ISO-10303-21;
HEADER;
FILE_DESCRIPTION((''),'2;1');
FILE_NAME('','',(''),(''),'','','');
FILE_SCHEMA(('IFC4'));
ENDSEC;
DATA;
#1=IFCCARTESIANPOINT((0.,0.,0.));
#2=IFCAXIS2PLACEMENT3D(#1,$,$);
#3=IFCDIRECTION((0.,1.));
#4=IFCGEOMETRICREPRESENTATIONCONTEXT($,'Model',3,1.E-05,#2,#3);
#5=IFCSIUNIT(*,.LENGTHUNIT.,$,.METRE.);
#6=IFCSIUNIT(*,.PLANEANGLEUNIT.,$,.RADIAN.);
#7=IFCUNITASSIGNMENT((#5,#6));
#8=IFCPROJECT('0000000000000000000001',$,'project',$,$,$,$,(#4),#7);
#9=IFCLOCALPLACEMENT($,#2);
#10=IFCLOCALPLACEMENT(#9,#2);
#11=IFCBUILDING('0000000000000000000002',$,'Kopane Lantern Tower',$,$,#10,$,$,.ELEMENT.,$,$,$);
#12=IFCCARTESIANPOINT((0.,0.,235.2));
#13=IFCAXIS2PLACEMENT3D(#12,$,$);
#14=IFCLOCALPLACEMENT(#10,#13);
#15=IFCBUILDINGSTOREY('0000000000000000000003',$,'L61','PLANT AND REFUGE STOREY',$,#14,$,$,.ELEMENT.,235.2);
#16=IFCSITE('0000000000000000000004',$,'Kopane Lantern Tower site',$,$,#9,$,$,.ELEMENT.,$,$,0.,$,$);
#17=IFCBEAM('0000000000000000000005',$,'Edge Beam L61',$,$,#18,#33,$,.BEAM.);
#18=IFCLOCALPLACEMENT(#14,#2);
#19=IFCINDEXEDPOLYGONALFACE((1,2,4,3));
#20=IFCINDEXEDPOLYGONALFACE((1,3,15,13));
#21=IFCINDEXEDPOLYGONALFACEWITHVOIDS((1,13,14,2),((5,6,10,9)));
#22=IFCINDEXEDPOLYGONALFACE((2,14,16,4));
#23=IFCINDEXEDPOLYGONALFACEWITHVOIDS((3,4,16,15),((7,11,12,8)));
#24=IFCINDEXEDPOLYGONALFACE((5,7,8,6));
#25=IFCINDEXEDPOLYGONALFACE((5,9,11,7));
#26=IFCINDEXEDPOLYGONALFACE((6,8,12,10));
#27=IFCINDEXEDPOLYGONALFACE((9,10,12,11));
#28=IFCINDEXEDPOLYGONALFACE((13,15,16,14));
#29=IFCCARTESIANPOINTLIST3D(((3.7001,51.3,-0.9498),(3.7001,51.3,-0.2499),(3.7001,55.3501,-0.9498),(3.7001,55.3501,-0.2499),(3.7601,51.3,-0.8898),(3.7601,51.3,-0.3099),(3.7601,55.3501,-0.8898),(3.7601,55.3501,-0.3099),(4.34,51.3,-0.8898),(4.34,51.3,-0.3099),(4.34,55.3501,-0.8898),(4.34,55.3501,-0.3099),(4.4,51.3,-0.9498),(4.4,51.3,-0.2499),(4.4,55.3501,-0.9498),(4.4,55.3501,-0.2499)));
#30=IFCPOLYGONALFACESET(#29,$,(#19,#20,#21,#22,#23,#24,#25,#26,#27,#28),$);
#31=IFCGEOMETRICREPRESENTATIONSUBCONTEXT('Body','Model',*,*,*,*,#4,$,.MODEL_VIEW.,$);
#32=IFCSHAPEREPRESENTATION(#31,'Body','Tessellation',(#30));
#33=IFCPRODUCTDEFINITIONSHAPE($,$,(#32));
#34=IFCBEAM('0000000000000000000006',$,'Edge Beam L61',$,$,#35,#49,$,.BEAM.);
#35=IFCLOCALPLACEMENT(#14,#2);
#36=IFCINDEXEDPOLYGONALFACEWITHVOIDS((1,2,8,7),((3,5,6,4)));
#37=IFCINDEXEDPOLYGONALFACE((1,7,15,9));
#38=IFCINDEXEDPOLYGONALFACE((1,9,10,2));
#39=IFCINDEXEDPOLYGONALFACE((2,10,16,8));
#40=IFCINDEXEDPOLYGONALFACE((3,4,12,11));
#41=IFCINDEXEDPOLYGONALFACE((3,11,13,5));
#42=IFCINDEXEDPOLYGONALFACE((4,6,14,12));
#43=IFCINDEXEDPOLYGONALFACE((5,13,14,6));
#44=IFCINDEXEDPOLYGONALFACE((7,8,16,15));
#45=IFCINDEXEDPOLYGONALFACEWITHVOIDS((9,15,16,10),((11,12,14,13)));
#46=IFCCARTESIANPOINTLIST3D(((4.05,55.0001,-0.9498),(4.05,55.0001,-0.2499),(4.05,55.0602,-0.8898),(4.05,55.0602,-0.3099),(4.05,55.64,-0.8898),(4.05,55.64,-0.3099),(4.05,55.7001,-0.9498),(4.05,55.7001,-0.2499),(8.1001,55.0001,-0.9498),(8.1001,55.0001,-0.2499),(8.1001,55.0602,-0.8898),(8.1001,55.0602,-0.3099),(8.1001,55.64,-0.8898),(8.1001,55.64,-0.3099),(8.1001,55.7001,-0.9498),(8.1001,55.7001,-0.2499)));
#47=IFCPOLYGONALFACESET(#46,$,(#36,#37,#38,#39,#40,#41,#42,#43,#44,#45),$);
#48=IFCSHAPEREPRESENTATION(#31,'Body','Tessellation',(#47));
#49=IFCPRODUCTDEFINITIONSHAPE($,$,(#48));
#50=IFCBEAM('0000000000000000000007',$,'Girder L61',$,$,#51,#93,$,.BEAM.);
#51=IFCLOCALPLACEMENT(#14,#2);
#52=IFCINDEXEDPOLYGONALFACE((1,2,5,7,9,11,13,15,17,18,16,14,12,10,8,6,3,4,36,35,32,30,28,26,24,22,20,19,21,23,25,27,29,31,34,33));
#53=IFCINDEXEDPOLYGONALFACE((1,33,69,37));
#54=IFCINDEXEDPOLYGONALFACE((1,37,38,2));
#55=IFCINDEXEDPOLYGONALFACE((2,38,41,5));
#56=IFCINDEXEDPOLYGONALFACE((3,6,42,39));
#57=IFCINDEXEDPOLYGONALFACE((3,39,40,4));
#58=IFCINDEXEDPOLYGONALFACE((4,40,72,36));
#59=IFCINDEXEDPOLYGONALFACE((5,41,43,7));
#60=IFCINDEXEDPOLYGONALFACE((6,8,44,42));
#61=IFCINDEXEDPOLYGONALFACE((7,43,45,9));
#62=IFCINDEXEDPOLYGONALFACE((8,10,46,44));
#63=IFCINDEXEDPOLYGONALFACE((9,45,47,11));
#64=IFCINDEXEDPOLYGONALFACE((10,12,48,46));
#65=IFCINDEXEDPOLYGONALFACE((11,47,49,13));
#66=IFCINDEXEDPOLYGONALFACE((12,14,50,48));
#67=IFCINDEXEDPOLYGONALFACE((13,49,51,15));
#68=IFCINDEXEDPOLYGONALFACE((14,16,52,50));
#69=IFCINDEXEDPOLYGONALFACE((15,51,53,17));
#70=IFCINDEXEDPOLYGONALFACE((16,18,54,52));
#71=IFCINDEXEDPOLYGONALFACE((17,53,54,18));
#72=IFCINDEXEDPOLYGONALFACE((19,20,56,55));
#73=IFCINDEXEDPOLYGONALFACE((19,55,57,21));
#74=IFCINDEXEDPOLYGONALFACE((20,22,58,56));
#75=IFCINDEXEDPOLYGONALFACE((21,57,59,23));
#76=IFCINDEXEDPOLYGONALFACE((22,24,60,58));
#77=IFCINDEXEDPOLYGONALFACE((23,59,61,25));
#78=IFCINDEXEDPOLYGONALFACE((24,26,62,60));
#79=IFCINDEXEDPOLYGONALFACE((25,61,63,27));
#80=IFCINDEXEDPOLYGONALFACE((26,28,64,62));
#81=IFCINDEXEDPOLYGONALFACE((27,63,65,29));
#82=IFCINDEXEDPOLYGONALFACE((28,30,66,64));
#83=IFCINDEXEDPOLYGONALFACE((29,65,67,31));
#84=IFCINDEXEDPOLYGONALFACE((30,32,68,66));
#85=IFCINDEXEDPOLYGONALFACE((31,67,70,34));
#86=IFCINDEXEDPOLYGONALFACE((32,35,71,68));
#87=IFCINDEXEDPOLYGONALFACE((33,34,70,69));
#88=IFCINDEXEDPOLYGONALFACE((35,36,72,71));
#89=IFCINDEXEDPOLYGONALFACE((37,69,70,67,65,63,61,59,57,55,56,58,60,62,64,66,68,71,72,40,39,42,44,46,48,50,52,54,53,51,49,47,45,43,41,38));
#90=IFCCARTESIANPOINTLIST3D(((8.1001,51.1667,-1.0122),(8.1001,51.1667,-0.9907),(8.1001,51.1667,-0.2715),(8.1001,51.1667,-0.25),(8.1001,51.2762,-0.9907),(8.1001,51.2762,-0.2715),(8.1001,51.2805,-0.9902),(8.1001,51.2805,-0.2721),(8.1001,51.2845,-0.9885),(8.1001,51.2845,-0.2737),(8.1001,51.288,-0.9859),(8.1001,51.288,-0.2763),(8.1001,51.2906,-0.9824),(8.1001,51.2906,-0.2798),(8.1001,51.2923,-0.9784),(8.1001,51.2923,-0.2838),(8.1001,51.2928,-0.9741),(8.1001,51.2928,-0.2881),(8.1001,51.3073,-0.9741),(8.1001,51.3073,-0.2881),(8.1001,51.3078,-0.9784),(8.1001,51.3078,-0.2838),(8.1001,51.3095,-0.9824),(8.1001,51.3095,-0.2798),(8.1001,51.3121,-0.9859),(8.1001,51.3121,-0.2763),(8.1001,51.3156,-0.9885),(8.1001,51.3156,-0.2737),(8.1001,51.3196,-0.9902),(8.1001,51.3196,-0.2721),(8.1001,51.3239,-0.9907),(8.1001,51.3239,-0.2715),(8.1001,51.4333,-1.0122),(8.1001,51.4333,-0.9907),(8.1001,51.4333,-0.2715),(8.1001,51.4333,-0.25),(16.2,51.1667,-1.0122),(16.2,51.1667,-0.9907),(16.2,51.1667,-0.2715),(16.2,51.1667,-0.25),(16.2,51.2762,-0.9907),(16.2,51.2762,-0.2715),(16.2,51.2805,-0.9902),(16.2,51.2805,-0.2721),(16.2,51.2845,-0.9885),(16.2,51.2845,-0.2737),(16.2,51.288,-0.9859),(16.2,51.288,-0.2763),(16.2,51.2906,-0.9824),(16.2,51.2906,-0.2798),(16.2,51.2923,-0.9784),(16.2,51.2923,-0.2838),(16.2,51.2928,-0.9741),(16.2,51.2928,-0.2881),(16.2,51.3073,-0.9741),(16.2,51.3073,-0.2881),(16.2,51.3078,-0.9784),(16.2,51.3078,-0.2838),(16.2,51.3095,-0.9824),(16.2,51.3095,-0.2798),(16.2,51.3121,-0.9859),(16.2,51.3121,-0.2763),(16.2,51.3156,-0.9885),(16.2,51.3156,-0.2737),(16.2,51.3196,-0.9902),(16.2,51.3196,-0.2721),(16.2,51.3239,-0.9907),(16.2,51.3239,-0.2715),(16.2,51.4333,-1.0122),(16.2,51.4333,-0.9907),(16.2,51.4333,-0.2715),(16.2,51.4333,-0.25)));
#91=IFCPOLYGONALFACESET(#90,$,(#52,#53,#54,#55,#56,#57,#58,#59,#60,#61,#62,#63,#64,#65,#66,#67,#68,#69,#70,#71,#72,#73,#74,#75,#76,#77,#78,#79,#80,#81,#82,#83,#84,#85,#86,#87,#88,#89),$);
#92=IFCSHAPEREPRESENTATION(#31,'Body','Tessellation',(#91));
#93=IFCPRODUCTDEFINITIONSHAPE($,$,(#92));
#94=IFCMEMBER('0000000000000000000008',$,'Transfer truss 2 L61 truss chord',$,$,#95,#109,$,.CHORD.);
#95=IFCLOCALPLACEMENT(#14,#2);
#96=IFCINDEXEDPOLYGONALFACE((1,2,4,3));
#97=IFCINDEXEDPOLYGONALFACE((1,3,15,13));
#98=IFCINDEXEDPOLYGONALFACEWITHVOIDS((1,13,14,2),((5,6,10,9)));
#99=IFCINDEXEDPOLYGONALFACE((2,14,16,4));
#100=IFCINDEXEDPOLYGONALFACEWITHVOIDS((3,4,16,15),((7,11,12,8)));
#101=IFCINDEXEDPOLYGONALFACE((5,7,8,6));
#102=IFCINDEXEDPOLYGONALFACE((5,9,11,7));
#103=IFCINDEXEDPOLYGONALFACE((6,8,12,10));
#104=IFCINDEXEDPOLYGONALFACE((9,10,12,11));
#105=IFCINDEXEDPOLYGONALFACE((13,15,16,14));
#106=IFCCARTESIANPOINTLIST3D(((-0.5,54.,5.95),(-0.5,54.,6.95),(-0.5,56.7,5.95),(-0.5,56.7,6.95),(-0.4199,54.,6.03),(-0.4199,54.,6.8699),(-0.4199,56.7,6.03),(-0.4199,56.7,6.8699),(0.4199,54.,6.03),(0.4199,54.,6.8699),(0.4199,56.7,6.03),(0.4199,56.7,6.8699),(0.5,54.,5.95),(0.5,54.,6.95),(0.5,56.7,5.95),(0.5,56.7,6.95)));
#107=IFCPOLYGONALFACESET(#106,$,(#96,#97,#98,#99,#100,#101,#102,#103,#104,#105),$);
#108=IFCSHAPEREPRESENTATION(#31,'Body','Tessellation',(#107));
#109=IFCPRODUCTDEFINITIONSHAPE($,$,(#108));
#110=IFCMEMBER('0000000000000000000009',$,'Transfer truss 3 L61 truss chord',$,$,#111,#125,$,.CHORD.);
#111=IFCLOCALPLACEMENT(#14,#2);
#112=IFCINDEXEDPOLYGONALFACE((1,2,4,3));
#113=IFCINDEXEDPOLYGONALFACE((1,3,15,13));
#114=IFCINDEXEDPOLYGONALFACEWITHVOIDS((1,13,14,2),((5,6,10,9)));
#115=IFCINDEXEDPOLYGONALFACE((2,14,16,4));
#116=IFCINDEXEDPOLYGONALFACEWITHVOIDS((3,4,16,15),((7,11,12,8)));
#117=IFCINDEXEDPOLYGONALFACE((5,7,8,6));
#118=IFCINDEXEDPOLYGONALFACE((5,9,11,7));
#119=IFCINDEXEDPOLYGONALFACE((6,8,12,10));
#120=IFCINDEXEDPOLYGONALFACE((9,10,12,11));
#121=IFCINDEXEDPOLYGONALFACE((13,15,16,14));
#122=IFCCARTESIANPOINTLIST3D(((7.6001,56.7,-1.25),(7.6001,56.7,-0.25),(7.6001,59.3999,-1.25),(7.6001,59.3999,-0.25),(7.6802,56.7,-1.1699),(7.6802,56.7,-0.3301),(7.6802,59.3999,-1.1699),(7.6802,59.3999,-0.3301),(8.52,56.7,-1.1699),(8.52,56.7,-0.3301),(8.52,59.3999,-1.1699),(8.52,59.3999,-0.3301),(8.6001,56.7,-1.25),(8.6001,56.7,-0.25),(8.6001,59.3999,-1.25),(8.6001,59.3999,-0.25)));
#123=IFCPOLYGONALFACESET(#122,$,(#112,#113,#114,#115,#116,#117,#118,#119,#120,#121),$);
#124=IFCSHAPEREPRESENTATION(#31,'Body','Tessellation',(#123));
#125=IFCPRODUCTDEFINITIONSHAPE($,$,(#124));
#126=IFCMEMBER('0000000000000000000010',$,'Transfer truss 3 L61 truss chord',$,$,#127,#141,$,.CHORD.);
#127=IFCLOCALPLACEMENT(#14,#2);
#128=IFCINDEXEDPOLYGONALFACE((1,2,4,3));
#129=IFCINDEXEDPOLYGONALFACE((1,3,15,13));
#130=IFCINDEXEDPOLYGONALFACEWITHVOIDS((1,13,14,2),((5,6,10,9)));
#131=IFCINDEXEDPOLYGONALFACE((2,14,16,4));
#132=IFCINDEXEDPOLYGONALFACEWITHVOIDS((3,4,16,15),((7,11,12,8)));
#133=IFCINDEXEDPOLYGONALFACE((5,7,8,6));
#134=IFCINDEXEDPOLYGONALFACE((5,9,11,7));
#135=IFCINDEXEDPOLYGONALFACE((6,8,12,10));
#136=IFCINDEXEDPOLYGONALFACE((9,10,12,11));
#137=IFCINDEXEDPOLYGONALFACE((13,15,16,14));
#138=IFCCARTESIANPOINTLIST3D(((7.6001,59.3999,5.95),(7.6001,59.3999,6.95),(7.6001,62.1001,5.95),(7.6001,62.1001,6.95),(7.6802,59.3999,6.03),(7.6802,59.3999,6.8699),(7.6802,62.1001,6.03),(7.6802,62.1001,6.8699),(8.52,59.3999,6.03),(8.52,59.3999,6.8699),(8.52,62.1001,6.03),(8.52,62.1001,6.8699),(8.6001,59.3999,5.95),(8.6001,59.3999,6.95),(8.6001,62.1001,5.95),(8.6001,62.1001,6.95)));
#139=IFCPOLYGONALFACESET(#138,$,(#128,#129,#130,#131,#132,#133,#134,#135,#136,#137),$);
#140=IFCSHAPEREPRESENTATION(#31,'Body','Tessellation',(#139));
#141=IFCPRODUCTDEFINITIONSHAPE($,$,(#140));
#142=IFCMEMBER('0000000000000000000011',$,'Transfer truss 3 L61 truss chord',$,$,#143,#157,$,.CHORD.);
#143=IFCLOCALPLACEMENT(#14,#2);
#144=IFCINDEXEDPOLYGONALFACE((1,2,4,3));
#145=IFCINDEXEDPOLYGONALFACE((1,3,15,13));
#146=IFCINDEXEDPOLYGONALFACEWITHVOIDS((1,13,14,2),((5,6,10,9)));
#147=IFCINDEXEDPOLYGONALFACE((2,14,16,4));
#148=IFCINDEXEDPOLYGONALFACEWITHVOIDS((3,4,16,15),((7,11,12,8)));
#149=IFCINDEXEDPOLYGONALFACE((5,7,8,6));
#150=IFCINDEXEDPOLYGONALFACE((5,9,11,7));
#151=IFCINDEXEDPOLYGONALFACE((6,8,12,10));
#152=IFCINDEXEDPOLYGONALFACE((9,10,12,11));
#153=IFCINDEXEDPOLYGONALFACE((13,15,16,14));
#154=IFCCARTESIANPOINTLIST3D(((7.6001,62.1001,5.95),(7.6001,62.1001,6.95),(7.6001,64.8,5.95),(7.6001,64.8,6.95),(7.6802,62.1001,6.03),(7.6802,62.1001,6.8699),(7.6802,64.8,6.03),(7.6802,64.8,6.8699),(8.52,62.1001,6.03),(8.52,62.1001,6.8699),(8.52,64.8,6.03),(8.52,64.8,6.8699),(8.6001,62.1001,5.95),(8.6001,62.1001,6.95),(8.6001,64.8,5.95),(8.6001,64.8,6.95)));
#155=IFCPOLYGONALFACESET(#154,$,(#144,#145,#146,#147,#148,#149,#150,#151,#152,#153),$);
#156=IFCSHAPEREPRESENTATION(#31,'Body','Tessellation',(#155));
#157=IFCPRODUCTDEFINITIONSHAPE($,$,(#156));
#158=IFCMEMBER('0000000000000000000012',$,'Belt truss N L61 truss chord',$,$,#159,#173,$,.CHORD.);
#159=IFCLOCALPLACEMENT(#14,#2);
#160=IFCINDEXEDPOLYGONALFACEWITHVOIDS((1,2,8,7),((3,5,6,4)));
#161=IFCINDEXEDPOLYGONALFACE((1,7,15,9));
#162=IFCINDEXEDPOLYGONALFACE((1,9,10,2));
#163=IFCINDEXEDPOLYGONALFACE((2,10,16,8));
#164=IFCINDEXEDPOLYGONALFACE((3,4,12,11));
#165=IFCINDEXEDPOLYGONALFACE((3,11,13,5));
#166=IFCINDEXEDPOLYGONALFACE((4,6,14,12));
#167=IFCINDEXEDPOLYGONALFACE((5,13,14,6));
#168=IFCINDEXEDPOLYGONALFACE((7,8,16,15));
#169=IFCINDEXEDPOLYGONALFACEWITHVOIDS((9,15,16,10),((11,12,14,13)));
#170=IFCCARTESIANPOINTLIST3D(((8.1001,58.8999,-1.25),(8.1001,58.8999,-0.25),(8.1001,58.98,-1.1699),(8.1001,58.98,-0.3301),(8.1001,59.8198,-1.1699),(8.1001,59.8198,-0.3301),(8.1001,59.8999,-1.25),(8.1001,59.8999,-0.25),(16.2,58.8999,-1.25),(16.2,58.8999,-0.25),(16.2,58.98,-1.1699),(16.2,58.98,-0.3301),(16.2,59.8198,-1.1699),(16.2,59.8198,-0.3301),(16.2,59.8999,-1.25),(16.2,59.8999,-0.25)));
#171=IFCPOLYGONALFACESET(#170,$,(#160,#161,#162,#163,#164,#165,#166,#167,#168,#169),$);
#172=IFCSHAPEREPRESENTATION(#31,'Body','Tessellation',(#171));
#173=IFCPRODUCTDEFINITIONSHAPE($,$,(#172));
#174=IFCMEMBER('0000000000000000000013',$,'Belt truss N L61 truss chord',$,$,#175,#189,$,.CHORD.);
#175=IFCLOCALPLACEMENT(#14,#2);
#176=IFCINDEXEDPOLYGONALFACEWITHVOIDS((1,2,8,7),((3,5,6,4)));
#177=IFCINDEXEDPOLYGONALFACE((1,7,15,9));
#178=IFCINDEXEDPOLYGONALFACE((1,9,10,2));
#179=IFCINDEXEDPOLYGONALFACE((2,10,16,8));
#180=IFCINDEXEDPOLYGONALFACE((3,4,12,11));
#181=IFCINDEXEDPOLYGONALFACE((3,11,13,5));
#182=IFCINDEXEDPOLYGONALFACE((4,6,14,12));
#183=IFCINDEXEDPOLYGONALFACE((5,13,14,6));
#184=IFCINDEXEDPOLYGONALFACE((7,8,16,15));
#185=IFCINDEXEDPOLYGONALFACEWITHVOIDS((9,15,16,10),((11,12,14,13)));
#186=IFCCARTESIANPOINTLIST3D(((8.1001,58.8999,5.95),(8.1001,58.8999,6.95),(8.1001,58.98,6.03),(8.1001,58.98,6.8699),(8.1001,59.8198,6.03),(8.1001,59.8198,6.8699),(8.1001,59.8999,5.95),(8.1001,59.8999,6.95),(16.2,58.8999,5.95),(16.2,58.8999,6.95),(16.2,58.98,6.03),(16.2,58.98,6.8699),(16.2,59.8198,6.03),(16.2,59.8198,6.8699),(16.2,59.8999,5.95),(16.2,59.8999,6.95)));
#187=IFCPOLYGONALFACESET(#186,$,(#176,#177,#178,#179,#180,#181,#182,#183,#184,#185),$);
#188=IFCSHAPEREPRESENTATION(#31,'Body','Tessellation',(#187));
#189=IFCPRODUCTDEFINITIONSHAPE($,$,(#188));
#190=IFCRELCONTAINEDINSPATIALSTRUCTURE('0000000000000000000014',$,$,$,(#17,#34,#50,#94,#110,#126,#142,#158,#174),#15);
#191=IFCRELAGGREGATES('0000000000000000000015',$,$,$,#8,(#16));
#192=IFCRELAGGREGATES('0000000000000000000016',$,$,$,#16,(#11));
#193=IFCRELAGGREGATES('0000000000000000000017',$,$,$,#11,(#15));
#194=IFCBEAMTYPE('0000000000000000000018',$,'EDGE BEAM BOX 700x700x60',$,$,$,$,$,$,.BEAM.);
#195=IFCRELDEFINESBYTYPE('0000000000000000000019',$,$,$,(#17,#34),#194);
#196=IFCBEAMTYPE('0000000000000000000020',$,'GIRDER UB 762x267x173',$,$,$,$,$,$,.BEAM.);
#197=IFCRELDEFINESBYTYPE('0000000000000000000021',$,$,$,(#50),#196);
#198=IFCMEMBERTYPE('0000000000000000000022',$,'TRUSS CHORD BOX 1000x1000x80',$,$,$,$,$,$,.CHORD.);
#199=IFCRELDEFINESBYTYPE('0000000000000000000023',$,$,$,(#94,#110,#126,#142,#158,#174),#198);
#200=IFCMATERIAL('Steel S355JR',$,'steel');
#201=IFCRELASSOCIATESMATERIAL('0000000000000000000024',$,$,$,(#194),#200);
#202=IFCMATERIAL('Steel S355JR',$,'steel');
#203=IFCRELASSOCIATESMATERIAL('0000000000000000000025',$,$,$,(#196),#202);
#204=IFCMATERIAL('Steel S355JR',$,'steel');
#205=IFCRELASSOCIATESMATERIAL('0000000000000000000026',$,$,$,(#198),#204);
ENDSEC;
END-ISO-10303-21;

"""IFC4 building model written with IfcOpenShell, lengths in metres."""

from ifc_helpers import new_model, si_unit, direction, frame, origin, origin_2d, place, context, subcontext, project, spatial, hollow_rectangle, i_section, extrude, material, material_profile, profile_set, type_object, element, save


model = new_model("IFC4")

# Units and contexts
model_context = context("Model", 3, precision=1e-05, world=origin(), true_north=direction((0.0, 1.0)))
body_context = subcontext(model_context, "Body", "Model", "MODEL_VIEW")
ifc_project = project(units=[si_unit("LENGTHUNIT", "METRE"), si_unit("PLANEANGLEUNIT", "RADIAN")], contexts=[model_context])

# Site, building, storey
site_placement = place(None, origin())
site = spatial("IfcSite", under=ifc_project, at=site_placement, Name="Kopane Lantern Tower site", CompositionType="ELEMENT", RefElevation=0.0)
building_placement = place(site_placement, origin())
building = spatial("IfcBuilding", under=site, at=building_placement, Name="Kopane Lantern Tower", CompositionType="ELEMENT")
storey_placement = place(building_placement, frame((0.0, 0.0, 235.2)))
storey = spatial("IfcBuildingStorey", under=building, at=storey_placement, Name="L61", Description="PLANT AND REFUGE STOREY", CompositionType="ELEMENT", Elevation=235.2)

# Beams
ifc_material_1 = material(Name="Steel S355JR", Category="steel")
ifc_material_profile_1 = material_profile(ifc_material_1, hollow_rectangle(XDim=0.7, YDim=0.7, WallThickness=0.0601, at=origin_2d()), Name="BOX 700x700x60")
ifc_profile_set_1 = profile_set([ifc_material_profile_1], Name="Steel S355JR")
beam_type_1 = type_object("IfcBeamType", Name="EDGE BEAM BOX 700x700x60", PredefinedType="BEAM", material=ifc_profile_set_1)
for number, where, z_axis, x_axis, name in (
    (1, (4.05, 55.3501, -0.5999), (0.0, -1.0, 0.0), (1.0, 0.0, 0.0), "Edge Beam L61"),
    (2, (4.05, 55.3501, -0.5999), (1.0, 0.0, 0.0), (0.0, 1.0, 0.0), "Edge Beam L61"),
):
    element("IfcBeam", number, at=place(storey_placement, frame(where, z_axis=z_axis, x_axis=x_axis)), inside=storey, type_object=beam_type_1, Name=name, PredefinedType="BEAM", context=body_context, shape_type="SweptSolid", body=[
        extrude(hollow_rectangle(XDim=0.7, YDim=0.7, WallThickness=0.0601, at=origin_2d()), origin(), (0.0, 0.0, 1.0), 4.05),
    ])
ifc_material_2 = material(Name="Steel S355JR", Category="steel")
ifc_material_profile_2 = material_profile(ifc_material_2, i_section(OverallWidth=0.2666, OverallDepth=0.7622, WebThickness=0.0144, FlangeThickness=0.0215, FilletRadius=0.0166, at=origin_2d()), Name="UB 762x267x173")
ifc_profile_set_2 = profile_set([ifc_material_profile_2], Name="Steel S355JR")
beam_type_2 = type_object("IfcBeamType", Name="GIRDER UB 762x267x173", PredefinedType="BEAM", material=ifc_profile_set_2)
beam_placement = place(storey_placement, frame((8.1001, 51.3, -0.6311), z_axis=(1.0, 0.0, 0.0), x_axis=(0.0, 1.0, 0.0)))
element("IfcBeam", 3, at=beam_placement, inside=storey, type_object=beam_type_2, Name="Girder L61", PredefinedType="BEAM", context=body_context, shape_type="SweptSolid", body=[
    extrude(i_section(OverallWidth=0.2666, OverallDepth=0.7622, WebThickness=0.0144, FlangeThickness=0.0215, FilletRadius=0.0166, at=origin_2d()), origin(), (0.0, 0.0, 1.0), 8.0999),
])

# Members
ifc_material_3 = material(Name="Steel S355JR", Category="steel")
ifc_material_profile_3 = material_profile(ifc_material_3, hollow_rectangle(XDim=1.0, YDim=1.0, WallThickness=0.0801, at=origin_2d()), Name="BOX 1000x1000x80")
ifc_profile_set_3 = profile_set([ifc_material_profile_3], Name="Steel S355JR")
member_type_1 = type_object("IfcMemberType", Name="TRUSS CHORD BOX 1000x1000x80", PredefinedType="CHORD", material=ifc_profile_set_3)
for number, where, z_axis, x_axis, name in (
    (4, (0.0, 54.0, 6.45), (0.0, 1.0, 0.0), (-1.0, 0.0, 0.0), "Transfer truss 2 L61 truss chord"),
    (5, (8.1001, 56.7, -0.75), (0.0, 1.0, 0.0), (-1.0, 0.0, 0.0), "Transfer truss 3 L61 truss chord"),
):
    element("IfcMember", number, at=place(storey_placement, frame(where, z_axis=z_axis, x_axis=x_axis)), inside=storey, type_object=member_type_1, Name=name, PredefinedType="CHORD", context=body_context, shape_type="SweptSolid", body=[
        extrude(hollow_rectangle(XDim=1.0, YDim=1.0, WallThickness=0.0801, at=origin_2d()), origin(), (0.0, 0.0, 1.0), 2.7),
    ])
member_1_placement = place(storey_placement, frame((8.1001, 59.3999, 6.45), z_axis=(0.0, 1.0, 0.0), x_axis=(-1.0, 0.0, 0.0)))
element("IfcMember", 6, at=member_1_placement, inside=storey, type_object=member_type_1, Name="Transfer truss 3 L61 truss chord", PredefinedType="CHORD", context=body_context, shape_type="SweptSolid", body=[
    extrude(hollow_rectangle(XDim=1.0, YDim=1.0, WallThickness=0.0801, at=origin_2d()), origin(), (0.0, 0.0, 1.0), 2.7002),
])
member_2_placement = place(storey_placement, frame((8.1001, 62.1001, 6.45), z_axis=(0.0, 1.0, 0.0), x_axis=(-1.0, 0.0, 0.0)))
element("IfcMember", 7, at=member_2_placement, inside=storey, type_object=member_type_1, Name="Transfer truss 3 L61 truss chord", PredefinedType="CHORD", context=body_context, shape_type="SweptSolid", body=[
    extrude(hollow_rectangle(XDim=1.0, YDim=1.0, WallThickness=0.0801, at=origin_2d()), origin(), (0.0, 0.0, 1.0), 2.7),
])
for number, where, z_axis, x_axis, name in (
    (8, (8.1001, 59.3999, -0.75), (1.0, 0.0, 0.0), (0.0, 1.0, 0.0), "Belt truss N L61 truss chord"),
    (9, (8.1001, 59.3999, 6.45), (1.0, 0.0, 0.0), (0.0, 1.0, 0.0), "Belt truss N L61 truss chord"),
):
    element("IfcMember", number, at=place(storey_placement, frame(where, z_axis=z_axis, x_axis=x_axis)), inside=storey, type_object=member_type_1, Name=name, PredefinedType="CHORD", context=body_context, shape_type="SweptSolid", body=[
        extrude(hollow_rectangle(XDim=1.0, YDim=1.0, WallThickness=0.0801, at=origin_2d()), origin(), (0.0, 0.0, 1.0), 8.0999),
    ])

save(model, "model.ifc")
